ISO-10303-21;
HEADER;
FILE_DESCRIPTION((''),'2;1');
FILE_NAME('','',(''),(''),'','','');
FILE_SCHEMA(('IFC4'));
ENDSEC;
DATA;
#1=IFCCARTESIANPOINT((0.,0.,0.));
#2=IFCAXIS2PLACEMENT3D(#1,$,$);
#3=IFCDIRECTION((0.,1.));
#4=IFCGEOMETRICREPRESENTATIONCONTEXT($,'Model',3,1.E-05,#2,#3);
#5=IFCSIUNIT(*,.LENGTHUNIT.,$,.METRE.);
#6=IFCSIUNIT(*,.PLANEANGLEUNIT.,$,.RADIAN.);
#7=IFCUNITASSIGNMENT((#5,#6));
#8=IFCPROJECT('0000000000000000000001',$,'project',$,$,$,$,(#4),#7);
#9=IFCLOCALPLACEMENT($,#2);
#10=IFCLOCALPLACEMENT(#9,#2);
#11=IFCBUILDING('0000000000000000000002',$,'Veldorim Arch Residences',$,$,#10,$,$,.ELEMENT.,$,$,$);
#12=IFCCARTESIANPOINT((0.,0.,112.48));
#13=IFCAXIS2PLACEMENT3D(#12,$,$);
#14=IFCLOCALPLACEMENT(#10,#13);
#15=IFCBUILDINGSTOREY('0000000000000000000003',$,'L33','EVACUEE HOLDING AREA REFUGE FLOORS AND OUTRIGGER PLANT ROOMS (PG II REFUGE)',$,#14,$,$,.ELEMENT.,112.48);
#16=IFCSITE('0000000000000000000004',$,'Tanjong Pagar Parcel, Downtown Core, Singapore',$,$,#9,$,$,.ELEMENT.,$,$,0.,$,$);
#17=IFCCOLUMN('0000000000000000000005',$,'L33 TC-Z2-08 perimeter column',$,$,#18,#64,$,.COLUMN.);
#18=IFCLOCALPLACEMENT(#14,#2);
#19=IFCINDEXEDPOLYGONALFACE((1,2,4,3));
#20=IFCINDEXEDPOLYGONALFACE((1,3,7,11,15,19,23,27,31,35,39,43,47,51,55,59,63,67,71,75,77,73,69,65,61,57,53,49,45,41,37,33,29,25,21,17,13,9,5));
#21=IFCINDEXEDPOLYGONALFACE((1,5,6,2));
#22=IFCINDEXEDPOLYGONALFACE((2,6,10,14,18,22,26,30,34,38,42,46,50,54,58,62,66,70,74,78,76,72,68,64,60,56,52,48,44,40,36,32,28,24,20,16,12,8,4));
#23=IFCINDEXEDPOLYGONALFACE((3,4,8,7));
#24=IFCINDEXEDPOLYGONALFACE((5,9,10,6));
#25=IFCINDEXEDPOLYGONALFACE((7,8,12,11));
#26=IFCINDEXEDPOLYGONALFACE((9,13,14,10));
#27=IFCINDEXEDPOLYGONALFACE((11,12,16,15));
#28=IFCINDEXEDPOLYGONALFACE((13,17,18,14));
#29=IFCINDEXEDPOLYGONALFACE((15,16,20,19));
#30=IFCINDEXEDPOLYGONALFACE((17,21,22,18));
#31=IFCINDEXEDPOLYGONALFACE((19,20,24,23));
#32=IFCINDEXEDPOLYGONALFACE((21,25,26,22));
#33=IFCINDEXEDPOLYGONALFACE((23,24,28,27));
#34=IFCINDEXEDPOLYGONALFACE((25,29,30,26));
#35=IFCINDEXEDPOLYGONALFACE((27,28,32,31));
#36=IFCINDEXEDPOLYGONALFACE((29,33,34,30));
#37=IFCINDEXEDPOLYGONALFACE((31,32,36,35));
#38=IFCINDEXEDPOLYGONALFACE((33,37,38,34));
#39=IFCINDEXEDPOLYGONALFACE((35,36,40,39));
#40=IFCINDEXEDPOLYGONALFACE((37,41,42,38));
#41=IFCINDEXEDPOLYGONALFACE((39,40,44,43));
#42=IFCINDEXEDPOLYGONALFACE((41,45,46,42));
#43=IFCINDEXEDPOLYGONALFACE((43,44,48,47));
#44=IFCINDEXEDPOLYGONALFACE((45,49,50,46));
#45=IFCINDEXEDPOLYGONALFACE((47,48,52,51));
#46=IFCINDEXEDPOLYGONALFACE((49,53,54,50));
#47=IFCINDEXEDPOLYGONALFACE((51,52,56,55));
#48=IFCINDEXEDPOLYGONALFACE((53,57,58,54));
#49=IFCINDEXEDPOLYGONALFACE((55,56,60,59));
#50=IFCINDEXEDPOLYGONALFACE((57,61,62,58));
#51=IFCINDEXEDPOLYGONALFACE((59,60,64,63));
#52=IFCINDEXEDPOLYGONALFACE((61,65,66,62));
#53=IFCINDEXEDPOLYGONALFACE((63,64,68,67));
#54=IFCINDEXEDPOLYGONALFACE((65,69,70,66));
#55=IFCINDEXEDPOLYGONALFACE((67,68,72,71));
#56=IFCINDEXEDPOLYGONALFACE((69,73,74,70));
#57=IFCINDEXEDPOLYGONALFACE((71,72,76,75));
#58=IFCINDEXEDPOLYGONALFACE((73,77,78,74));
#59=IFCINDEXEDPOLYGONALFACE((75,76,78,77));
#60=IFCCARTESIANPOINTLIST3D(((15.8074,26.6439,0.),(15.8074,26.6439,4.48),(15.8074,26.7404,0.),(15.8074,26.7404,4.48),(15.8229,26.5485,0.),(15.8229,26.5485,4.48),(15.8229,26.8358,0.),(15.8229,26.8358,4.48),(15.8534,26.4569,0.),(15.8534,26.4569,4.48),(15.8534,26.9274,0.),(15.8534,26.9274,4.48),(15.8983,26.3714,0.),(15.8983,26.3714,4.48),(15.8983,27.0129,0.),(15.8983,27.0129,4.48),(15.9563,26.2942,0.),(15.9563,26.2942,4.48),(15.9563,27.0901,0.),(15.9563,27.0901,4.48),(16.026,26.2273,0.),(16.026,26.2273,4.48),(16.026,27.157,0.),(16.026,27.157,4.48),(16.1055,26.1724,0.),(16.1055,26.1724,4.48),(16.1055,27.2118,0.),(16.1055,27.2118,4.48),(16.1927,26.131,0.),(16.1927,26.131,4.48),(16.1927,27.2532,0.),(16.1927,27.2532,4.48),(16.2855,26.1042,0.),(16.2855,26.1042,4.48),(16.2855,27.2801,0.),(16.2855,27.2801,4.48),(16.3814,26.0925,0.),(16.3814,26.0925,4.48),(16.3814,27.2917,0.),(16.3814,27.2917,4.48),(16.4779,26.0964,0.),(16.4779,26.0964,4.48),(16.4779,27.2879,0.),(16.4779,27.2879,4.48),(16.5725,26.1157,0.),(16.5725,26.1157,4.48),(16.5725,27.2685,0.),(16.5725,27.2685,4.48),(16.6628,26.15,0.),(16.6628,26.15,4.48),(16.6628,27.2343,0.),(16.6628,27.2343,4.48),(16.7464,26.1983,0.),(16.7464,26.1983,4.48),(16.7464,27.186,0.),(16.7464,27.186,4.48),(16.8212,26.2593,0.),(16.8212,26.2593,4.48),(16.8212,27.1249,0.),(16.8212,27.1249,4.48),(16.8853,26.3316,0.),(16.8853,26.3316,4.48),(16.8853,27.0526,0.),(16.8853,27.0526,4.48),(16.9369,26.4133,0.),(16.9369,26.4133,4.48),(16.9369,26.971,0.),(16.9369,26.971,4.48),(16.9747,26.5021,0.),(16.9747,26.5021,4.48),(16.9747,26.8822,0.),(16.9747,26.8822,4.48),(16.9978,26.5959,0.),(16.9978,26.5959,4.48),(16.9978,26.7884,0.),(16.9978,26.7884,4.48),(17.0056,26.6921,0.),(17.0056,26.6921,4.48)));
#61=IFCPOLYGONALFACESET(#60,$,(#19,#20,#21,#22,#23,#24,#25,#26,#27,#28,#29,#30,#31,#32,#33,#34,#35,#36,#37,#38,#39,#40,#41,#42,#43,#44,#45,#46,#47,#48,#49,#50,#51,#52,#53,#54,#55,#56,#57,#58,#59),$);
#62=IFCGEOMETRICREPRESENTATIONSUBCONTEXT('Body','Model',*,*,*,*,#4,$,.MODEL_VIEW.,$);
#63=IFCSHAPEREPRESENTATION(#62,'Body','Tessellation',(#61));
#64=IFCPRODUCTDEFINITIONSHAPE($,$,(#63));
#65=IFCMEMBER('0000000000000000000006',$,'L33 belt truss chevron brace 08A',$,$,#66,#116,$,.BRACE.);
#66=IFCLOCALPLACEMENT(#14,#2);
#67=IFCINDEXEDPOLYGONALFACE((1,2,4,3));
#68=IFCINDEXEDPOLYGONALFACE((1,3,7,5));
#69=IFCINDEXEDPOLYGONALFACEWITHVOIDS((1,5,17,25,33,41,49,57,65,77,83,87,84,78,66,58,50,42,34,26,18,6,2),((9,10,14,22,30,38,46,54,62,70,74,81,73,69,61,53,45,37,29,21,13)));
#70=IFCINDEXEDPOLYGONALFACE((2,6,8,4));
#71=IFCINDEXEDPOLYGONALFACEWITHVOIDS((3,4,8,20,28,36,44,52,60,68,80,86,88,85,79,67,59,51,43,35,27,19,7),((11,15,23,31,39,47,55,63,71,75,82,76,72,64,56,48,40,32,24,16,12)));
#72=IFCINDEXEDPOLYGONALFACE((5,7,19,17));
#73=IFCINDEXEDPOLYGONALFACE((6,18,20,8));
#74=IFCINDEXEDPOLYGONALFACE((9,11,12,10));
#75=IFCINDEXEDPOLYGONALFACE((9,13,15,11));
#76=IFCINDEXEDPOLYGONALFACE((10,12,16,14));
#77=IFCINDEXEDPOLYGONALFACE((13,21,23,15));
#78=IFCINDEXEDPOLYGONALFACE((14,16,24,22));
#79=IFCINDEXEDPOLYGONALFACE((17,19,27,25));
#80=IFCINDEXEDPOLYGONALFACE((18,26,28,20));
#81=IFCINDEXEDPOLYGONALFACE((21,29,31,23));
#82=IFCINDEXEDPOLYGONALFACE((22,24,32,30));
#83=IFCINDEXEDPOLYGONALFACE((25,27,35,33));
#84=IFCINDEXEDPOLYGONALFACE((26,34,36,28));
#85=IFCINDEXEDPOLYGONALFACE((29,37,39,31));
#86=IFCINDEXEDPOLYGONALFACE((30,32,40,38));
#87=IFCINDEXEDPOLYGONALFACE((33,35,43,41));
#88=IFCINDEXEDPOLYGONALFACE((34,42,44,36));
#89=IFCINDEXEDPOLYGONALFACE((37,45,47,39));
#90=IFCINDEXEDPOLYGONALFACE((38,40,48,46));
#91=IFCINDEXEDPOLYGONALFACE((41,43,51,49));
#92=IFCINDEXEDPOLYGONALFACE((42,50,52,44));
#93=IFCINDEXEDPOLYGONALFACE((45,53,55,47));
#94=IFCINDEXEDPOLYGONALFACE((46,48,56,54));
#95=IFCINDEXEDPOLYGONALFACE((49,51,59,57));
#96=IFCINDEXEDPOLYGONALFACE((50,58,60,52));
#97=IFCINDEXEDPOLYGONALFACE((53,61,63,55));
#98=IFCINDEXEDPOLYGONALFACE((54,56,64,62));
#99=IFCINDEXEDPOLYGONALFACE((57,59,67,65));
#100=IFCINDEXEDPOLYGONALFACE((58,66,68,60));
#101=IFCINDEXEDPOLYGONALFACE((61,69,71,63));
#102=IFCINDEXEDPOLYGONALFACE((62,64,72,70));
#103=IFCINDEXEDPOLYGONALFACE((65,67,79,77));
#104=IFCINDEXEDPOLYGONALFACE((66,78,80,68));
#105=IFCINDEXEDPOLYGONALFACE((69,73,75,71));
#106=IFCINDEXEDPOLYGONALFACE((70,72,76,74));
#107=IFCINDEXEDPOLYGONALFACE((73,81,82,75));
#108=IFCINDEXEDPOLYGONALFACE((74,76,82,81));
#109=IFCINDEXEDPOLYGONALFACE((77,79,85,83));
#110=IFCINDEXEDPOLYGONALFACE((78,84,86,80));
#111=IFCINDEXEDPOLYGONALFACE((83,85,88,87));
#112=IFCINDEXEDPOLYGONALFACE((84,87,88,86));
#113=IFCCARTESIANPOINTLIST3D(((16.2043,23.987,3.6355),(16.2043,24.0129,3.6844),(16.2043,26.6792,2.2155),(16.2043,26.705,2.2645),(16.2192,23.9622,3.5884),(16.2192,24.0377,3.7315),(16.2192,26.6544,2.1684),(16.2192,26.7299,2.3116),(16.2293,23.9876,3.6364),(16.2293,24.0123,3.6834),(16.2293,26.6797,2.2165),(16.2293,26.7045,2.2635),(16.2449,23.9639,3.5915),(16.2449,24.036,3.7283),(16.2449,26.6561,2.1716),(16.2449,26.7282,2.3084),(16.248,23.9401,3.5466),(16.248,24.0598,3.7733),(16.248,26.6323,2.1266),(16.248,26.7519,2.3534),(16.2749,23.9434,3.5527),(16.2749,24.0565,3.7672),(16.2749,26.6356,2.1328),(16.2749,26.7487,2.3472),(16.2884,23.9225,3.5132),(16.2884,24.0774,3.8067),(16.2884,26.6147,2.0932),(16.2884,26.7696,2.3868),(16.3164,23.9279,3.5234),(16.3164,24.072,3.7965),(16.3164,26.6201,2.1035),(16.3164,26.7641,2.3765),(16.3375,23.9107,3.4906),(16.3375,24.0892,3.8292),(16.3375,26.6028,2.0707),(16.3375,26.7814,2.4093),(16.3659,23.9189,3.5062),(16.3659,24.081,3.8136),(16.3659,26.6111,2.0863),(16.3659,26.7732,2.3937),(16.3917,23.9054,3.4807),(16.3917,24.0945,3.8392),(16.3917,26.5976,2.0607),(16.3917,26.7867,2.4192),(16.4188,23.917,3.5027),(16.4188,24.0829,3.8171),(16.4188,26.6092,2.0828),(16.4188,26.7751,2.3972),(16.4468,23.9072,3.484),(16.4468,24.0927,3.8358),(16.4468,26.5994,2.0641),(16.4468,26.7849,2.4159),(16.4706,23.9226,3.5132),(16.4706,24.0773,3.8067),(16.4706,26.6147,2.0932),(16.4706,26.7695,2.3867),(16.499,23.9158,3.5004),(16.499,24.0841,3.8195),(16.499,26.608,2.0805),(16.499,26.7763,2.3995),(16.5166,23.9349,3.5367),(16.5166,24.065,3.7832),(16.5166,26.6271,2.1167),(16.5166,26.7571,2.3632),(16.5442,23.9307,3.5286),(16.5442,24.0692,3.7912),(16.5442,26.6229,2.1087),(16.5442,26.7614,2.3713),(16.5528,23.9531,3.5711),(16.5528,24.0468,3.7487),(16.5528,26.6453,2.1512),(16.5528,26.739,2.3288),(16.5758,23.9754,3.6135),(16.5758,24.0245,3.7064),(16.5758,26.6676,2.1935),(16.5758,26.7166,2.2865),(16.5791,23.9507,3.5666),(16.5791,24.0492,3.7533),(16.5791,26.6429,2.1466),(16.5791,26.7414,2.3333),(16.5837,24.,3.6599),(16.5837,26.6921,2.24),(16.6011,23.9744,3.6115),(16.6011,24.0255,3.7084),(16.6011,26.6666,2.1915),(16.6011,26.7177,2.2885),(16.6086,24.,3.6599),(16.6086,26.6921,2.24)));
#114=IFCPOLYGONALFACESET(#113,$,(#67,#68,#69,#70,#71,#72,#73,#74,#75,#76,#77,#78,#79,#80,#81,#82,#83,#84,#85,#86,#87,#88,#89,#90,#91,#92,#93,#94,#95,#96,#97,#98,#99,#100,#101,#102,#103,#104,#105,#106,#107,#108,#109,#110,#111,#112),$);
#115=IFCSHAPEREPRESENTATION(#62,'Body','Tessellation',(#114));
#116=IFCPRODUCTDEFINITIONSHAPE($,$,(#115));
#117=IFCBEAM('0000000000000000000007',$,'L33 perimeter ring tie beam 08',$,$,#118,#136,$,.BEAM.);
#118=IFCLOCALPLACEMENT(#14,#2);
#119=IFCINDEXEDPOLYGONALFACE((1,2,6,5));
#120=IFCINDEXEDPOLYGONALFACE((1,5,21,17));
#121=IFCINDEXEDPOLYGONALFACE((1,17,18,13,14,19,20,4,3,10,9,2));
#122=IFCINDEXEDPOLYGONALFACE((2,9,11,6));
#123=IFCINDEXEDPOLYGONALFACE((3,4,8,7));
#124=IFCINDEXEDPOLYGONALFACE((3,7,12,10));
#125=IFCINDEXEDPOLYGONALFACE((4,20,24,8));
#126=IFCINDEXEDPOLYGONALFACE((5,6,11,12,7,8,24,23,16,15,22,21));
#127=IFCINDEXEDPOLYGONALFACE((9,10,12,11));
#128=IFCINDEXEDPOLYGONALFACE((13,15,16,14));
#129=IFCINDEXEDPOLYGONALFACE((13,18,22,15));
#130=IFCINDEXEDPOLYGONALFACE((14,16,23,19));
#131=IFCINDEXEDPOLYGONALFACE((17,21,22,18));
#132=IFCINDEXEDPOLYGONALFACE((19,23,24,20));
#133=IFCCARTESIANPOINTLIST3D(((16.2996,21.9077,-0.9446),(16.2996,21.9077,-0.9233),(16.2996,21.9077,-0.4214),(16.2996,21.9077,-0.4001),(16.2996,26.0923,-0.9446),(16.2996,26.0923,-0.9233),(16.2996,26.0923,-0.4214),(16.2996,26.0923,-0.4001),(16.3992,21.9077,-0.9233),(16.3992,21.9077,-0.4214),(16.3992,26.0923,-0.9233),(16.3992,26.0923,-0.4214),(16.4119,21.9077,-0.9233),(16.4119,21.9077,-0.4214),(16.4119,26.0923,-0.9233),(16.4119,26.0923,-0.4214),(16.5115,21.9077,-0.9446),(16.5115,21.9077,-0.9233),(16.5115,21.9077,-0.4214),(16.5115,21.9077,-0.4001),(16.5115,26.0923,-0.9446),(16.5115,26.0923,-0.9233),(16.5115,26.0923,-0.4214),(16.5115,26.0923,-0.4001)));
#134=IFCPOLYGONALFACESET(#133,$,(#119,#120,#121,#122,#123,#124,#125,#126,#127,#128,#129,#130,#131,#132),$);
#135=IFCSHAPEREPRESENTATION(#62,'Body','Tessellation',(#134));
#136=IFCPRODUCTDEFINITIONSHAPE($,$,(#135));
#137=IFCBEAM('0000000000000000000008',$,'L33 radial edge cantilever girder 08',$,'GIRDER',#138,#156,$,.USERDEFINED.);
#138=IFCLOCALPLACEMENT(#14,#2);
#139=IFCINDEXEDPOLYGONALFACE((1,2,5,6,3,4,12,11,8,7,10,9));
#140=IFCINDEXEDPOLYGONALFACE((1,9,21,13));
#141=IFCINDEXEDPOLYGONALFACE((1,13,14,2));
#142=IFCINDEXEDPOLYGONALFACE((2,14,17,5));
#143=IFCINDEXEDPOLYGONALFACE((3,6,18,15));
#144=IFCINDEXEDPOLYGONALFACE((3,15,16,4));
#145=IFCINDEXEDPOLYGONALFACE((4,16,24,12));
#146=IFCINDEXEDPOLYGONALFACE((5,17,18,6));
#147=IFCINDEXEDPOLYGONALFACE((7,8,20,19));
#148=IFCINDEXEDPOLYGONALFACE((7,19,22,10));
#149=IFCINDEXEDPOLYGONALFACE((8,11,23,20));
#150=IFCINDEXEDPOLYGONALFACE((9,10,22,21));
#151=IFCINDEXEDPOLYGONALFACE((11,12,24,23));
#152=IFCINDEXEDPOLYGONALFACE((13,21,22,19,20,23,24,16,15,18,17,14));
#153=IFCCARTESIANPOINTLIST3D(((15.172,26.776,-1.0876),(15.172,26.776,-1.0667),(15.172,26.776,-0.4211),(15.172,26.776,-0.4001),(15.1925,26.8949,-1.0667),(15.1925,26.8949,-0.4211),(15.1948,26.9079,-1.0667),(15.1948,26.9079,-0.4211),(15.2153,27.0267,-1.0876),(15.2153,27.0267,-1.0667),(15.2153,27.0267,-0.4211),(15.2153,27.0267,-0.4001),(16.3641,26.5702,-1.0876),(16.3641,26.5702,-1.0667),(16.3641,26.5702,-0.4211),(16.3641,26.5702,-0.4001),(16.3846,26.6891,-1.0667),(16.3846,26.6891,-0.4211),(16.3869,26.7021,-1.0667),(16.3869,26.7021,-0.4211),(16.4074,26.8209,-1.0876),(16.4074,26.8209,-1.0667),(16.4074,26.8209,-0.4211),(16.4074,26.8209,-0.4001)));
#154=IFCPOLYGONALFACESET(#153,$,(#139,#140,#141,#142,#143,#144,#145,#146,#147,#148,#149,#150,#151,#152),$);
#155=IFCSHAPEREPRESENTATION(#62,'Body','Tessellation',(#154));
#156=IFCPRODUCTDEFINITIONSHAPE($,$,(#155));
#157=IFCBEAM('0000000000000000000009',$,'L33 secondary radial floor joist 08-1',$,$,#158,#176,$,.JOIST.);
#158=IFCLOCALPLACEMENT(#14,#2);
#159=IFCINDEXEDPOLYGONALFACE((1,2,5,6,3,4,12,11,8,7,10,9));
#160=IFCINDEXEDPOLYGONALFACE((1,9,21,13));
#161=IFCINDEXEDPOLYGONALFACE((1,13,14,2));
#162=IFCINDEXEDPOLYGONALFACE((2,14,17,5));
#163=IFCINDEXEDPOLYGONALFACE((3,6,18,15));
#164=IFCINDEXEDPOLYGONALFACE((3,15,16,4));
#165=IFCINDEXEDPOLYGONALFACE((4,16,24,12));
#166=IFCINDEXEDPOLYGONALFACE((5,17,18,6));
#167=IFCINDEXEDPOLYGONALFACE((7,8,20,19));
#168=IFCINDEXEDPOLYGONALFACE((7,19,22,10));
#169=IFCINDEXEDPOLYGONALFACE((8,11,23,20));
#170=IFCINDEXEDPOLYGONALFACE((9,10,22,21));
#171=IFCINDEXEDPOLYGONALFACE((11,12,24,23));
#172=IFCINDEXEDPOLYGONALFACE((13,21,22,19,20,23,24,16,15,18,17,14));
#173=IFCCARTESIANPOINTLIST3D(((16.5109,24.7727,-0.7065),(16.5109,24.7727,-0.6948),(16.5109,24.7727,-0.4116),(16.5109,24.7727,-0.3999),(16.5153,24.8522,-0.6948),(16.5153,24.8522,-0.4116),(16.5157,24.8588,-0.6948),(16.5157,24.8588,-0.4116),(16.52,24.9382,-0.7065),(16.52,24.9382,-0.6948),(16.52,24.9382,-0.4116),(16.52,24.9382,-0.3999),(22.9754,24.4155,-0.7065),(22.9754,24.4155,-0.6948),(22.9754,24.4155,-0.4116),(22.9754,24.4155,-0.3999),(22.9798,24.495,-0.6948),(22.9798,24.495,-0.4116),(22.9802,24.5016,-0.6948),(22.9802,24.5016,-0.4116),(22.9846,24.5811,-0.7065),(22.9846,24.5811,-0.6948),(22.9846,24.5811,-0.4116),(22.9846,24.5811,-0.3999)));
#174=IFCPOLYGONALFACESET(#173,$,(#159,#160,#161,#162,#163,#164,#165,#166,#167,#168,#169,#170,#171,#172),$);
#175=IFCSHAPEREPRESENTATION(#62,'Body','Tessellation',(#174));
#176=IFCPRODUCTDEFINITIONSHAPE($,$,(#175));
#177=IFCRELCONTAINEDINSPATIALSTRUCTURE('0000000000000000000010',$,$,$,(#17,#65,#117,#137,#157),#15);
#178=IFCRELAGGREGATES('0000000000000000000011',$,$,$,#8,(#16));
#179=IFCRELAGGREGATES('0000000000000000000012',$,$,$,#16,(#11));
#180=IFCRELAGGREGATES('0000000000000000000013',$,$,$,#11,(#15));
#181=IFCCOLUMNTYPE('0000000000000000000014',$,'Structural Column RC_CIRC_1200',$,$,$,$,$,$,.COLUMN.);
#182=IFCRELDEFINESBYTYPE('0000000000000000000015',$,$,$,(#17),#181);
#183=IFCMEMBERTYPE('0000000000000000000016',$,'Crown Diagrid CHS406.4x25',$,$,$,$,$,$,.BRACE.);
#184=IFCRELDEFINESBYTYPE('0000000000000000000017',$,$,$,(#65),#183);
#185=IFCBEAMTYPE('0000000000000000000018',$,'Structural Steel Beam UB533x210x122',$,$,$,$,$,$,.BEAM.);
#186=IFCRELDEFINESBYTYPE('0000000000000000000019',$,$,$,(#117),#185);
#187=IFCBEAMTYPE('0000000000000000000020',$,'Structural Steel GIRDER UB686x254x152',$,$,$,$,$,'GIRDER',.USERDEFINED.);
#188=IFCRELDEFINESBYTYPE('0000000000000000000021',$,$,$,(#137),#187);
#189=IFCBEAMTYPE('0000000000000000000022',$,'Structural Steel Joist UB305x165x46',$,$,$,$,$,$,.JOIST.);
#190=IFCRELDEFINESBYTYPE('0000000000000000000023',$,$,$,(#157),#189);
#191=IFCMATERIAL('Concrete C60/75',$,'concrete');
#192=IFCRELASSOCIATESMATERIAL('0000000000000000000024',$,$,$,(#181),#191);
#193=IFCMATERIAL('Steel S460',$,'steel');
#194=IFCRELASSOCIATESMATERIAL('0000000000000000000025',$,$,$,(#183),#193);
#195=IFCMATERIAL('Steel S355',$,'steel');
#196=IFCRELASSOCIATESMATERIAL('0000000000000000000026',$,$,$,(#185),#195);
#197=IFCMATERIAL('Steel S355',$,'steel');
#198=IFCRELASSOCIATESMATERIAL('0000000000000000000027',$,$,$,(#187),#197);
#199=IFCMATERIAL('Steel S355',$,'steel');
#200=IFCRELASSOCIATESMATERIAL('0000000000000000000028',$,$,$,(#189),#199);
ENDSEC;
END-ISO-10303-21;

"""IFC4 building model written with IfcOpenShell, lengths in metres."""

from ifc_helpers import new_model, si_unit, direction, frame, origin, origin_2d, place, context, subcontext, project, spatial, circle, hollow_circle, i_section, extrude, material, material_profile, profile_set, type_object, element, save


model = new_model("IFC4")

# Units and contexts
model_context = context("Model", 3, precision=1e-05, world=origin(), true_north=direction((0.0, 1.0)))
body_context = subcontext(model_context, "Body", "Model", "MODEL_VIEW")
ifc_project = project(units=[si_unit("LENGTHUNIT", "METRE"), si_unit("PLANEANGLEUNIT", "RADIAN")], contexts=[model_context])

# Site, building, storey
site_placement = place(None, origin())
site = spatial("IfcSite", under=ifc_project, at=site_placement, Name="Tanjong Pagar Parcel, Downtown Core, Singapore", CompositionType="ELEMENT", RefElevation=0.0)
building_placement = place(site_placement, origin())
building = spatial("IfcBuilding", under=site, at=building_placement, Name="Veldorim Arch Residences", CompositionType="ELEMENT")
storey_placement = place(building_placement, frame((0.0, 0.0, 112.48)))
storey = spatial("IfcBuildingStorey", under=building, at=storey_placement, Name="L33", Description="EVACUEE HOLDING AREA REFUGE FLOORS AND OUTRIGGER PLANT ROOMS (PG II REFUGE)", CompositionType="ELEMENT", Elevation=112.48)

# Column
ifc_material_1 = material(Name="Concrete C60/75", Category="concrete")
ifc_material_profile_1 = material_profile(ifc_material_1, circle(Radius=0.6001, at=origin_2d()), Name="RC_CIRC_1200")
ifc_profile_set_1 = profile_set([ifc_material_profile_1], Name="Concrete C60/75")
column_type = type_object("IfcColumnType", Name="Structural Column RC_CIRC_1200", PredefinedType="COLUMN", material=ifc_profile_set_1)
column_placement = place(storey_placement, frame((16.4055, 26.6921, 0.0), z_axis=(0.0, 0.0, 1.0), x_axis=(1.0, 0.0, 0.0)))
element("IfcColumn", 1, at=column_placement, inside=storey, type_object=column_type, Name="L33 TC-Z2-08 perimeter column", PredefinedType="COLUMN", context=body_context, shape_type="SweptSolid", body=[
    extrude(circle(Radius=0.6001, at=origin_2d()), origin(), (0.0, 0.0, 1.0), 4.48),
])

# Member
ifc_material_2 = material(Name="Steel S460", Category="steel")
ifc_material_profile_2 = material_profile(ifc_material_2, hollow_circle(Radius=0.2031, WallThickness=0.0249, at=origin_2d()), Name="CHS406.4x25")
ifc_profile_set_2 = profile_set([ifc_material_profile_2], Name="Steel S460")
member_type_1 = type_object("IfcMemberType", Name="Crown Diagrid CHS406.4x25", PredefinedType="BRACE", material=ifc_profile_set_2)
member_placement = place(storey_placement, frame((16.4055, 26.6921, 2.24), z_axis=(0.0, -0.884511, 0.46652), x_axis=(1.0, 0.0, 0.0)))
element("IfcMember", 2, at=member_placement, inside=storey, type_object=member_type_1, Name="L33 belt truss chevron brace 08A", PredefinedType="BRACE", context=body_context, shape_type="SweptSolid", body=[
    extrude(hollow_circle(Radius=0.2031, WallThickness=0.0249, at=origin_2d()), origin(), (0.0, 0.0, 1.0), 3.0437),
])

# Beams
ifc_material_3 = material(Name="Steel S355", Category="steel")
ifc_material_profile_3 = material_profile(ifc_material_3, i_section(OverallWidth=0.2119, OverallDepth=0.5444, WebThickness=0.0127, FlangeThickness=0.0212, at=origin_2d()), Name="UB533x210x122")
ifc_profile_set_3 = profile_set([ifc_material_profile_3], Name="Steel S355")
beam_type_1 = type_object("IfcBeamType", Name="Structural Steel Beam UB533x210x122", PredefinedType="BEAM", material=ifc_profile_set_3)
beam_1_placement = place(storey_placement, frame((16.4055, 26.0923, -0.6724), z_axis=(0.0, -1.0, 0.0), x_axis=(1.0, 0.0, 0.0)))
element("IfcBeam", 3, at=beam_1_placement, inside=storey, type_object=beam_type_1, Name="L33 perimeter ring tie beam 08", PredefinedType="BEAM", context=body_context, shape_type="SweptSolid", body=[
    extrude(i_section(OverallWidth=0.2119, OverallDepth=0.5444, WebThickness=0.0127, FlangeThickness=0.0212, at=origin_2d()), origin(), (0.0, 0.0, 1.0), 4.1846),
])
ifc_material_4 = material(Name="Steel S355", Category="steel")
ifc_material_profile_4 = material_profile(ifc_material_4, i_section(OverallWidth=0.2544, OverallDepth=0.6875, WebThickness=0.0132, FlangeThickness=0.021, at=origin_2d()), Name="UB686x254x152")
ifc_profile_set_4 = profile_set([ifc_material_profile_4], Name="Steel S355")
beam_type_2 = type_object("IfcBeamType", Name="Structural Steel GIRDER UB686x254x152", ElementType="GIRDER", PredefinedType="USERDEFINED", material=ifc_profile_set_4)
beam_2_placement = place(storey_placement, frame((16.3857, 26.6956, -0.7439), z_axis=(-0.985423, 0.170123, 0.0), x_axis=(-0.170123, -0.985423, 0.0)))
element("IfcBeam", 4, at=beam_2_placement, inside=storey, type_object=beam_type_2, Name="L33 radial edge cantilever girder 08", ObjectType="GIRDER", PredefinedType="USERDEFINED", context=body_context, shape_type="SweptSolid", body=[
    extrude(i_section(OverallWidth=0.2544, OverallDepth=0.6875, WebThickness=0.0132, FlangeThickness=0.021, at=origin_2d()), origin(), (0.0, 0.0, 1.0), 1.2097),
])
ifc_material_5 = material(Name="Steel S355", Category="steel")
ifc_material_profile_5 = material_profile(ifc_material_5, i_section(OverallWidth=0.1658, OverallDepth=0.3066, WebThickness=0.0066, FlangeThickness=0.0117, at=origin_2d()), Name="UB305x165x46")
ifc_profile_set_5 = profile_set([ifc_material_profile_5], Name="Steel S355")
beam_type_3 = type_object("IfcBeamType", Name="Structural Steel Joist UB305x165x46", PredefinedType="JOIST", material=ifc_profile_set_5)
for number, where, z_axis, x_axis, name in (
    (5, (22.98, 24.4983, -0.5532), (-0.998477, 0.055167, 0.0), (-0.055167, -0.998477, 0.0), "L33 secondary radial floor joist 08-1"),
):
    element("IfcBeam", number, at=place(storey_placement, frame(where, z_axis=z_axis, x_axis=x_axis)), inside=storey, type_object=beam_type_3, Name=name, PredefinedType="JOIST", context=body_context, shape_type="SweptSolid", body=[
        extrude(i_section(OverallWidth=0.1658, OverallDepth=0.3066, WebThickness=0.0066, FlangeThickness=0.0117, at=origin_2d()), origin(), (0.0, 0.0, 1.0), 6.4744),
    ])

save(model, "model.ifc")
